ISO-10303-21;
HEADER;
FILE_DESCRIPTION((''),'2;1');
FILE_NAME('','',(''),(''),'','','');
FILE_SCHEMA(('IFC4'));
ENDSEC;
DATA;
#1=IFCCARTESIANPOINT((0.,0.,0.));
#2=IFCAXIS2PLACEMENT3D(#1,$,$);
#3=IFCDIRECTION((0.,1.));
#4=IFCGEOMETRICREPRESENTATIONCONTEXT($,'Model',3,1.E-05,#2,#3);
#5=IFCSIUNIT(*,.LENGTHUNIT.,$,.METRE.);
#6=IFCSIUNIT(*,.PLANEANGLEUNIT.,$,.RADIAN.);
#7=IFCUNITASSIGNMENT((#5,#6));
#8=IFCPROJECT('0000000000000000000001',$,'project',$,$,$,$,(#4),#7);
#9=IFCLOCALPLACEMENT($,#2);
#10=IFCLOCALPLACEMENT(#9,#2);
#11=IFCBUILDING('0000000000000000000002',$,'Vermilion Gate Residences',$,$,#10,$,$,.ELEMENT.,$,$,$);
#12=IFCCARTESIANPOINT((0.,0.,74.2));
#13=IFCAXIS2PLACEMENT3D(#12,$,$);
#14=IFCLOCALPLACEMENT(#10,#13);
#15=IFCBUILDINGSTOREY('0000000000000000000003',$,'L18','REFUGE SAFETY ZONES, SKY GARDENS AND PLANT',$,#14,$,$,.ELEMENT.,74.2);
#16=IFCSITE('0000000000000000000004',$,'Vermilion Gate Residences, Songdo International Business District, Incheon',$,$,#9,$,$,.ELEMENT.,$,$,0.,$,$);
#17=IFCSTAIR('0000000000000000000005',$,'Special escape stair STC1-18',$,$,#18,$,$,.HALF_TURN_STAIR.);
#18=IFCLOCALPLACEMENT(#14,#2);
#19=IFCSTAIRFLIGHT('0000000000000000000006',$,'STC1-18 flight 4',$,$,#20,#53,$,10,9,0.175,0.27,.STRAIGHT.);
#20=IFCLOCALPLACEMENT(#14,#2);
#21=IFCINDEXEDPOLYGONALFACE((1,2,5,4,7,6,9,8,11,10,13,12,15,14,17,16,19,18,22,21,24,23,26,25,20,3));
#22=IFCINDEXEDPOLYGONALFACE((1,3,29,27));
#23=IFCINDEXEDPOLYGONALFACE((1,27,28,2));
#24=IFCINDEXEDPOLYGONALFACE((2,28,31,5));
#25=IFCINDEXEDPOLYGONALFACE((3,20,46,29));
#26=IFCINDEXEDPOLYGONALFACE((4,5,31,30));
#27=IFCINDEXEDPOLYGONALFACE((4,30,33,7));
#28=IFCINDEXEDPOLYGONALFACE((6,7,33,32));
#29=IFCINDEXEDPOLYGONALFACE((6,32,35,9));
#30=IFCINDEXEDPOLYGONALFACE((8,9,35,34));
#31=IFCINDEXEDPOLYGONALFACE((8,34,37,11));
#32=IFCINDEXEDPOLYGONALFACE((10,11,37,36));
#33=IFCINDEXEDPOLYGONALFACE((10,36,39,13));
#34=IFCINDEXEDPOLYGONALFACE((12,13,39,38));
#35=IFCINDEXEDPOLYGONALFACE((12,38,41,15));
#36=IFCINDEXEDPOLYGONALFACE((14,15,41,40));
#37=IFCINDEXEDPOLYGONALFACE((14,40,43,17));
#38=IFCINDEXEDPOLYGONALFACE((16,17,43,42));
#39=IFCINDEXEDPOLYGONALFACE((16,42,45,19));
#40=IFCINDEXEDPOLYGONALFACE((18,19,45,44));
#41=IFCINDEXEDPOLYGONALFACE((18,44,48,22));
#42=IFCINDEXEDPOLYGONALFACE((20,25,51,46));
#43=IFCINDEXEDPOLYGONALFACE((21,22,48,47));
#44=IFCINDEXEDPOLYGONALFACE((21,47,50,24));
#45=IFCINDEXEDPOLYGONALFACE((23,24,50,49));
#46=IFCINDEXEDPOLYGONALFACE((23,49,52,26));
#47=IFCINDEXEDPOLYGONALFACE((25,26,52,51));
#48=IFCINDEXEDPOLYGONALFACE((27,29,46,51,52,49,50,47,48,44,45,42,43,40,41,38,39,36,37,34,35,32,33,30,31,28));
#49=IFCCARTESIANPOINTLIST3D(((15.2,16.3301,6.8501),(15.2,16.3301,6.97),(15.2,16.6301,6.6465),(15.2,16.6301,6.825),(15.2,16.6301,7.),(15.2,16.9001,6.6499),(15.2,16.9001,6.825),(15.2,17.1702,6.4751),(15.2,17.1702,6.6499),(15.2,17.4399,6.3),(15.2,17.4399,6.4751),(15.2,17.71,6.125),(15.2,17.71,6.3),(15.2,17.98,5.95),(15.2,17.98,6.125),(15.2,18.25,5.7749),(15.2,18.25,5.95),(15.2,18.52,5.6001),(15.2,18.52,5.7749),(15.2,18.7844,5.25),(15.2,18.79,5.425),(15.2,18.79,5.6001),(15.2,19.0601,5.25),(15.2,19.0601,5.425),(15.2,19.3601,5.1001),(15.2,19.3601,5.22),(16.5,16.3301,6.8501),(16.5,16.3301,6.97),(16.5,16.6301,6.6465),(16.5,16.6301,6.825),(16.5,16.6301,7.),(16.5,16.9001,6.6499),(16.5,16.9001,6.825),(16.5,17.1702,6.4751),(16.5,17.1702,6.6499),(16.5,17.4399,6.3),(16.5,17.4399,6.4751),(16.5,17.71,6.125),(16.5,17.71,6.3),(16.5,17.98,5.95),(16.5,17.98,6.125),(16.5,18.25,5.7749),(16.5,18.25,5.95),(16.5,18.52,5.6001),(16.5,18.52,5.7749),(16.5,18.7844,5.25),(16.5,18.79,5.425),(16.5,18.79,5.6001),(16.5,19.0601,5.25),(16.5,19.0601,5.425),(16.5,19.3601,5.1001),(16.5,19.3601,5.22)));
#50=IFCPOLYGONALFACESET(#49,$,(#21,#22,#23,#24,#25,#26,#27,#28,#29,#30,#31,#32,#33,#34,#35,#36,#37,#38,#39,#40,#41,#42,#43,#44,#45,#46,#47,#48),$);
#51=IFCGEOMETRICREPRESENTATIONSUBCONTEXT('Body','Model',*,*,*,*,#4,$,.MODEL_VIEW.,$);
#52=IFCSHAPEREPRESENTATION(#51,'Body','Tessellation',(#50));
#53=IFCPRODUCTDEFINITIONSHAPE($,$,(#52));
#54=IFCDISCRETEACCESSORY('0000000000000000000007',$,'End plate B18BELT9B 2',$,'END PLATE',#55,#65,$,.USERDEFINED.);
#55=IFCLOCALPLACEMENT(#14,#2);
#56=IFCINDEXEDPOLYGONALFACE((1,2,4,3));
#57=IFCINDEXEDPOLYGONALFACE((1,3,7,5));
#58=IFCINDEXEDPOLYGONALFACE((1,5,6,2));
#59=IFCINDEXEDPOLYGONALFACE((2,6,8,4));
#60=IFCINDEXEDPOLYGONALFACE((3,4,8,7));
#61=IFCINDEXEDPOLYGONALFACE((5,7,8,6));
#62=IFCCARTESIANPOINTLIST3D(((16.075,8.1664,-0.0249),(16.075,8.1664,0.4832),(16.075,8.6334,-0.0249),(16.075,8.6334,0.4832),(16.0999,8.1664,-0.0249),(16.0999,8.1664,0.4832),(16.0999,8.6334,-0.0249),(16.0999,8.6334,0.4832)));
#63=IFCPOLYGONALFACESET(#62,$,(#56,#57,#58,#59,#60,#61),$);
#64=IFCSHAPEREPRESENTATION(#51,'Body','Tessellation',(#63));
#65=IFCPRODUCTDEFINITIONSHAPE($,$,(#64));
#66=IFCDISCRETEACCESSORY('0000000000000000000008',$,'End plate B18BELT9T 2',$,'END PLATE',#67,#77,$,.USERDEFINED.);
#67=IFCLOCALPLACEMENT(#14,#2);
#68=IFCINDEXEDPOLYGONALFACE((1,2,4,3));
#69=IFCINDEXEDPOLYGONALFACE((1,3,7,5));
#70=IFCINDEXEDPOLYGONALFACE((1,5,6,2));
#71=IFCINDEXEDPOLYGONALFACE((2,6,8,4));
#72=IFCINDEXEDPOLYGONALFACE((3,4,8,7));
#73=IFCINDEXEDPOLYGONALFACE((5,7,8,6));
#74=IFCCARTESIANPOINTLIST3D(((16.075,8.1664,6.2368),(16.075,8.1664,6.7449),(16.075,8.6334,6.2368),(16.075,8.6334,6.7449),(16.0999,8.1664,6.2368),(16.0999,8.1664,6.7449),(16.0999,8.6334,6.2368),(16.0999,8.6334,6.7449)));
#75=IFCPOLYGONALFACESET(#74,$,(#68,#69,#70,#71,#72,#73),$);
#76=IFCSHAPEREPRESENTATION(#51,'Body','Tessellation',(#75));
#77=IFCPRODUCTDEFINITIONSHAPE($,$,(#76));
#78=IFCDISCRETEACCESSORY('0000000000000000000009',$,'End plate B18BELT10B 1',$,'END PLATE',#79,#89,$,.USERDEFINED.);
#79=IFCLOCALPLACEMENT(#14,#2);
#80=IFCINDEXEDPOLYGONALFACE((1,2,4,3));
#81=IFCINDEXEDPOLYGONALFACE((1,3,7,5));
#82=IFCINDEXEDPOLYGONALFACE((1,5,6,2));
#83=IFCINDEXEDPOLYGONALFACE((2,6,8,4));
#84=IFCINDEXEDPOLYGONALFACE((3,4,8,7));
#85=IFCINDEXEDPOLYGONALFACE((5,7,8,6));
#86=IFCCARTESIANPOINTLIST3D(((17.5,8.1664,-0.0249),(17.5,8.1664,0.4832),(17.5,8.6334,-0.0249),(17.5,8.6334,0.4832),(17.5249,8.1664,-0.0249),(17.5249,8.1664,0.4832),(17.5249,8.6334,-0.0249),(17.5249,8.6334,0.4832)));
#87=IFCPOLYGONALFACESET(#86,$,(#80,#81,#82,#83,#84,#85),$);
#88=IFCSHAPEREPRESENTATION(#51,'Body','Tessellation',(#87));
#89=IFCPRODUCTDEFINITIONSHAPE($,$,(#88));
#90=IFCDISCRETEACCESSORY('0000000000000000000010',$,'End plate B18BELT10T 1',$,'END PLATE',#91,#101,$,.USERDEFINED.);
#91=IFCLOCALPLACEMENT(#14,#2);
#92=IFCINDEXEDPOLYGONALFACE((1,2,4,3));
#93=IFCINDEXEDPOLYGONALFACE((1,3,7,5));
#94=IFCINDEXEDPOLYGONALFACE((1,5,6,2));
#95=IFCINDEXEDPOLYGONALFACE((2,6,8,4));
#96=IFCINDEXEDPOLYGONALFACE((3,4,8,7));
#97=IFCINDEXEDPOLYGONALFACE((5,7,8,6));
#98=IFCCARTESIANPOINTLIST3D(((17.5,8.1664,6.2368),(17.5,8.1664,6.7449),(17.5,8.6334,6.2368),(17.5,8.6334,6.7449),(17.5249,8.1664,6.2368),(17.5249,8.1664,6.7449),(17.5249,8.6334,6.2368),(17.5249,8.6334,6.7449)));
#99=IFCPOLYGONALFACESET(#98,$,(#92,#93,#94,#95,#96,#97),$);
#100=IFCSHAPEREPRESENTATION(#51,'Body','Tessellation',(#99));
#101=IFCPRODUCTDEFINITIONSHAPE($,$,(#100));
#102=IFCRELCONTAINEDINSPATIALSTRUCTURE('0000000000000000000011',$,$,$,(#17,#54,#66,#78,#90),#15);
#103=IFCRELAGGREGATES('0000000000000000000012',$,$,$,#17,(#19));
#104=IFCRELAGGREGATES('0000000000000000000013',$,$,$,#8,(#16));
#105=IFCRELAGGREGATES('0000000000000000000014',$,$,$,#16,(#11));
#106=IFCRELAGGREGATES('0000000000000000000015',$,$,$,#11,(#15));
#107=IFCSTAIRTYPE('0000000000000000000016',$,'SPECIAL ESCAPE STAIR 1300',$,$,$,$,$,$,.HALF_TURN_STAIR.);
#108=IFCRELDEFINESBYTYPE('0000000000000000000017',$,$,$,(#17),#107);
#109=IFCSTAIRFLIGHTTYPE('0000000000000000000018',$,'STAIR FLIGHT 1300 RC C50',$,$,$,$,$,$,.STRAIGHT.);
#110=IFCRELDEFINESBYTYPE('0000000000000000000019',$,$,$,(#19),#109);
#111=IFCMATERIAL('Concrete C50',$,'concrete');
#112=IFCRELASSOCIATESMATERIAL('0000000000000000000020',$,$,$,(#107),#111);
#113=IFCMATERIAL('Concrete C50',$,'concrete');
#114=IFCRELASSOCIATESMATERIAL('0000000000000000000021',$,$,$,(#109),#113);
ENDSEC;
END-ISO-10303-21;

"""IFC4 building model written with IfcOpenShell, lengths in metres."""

from ifc_helpers import new_model, si_unit, direction, frame, origin, origin_2d, place, context, subcontext, project, spatial, polyline, rectangle, outline, extrude, material, type_object, element, aggregate, save


model = new_model("IFC4")

# Units and contexts
model_context = context("Model", 3, precision=1e-05, world=origin(), true_north=direction((0.0, 1.0)))
body_context = subcontext(model_context, "Body", "Model", "MODEL_VIEW")
ifc_project = project(units=[si_unit("LENGTHUNIT", "METRE"), si_unit("PLANEANGLEUNIT", "RADIAN")], contexts=[model_context])

# Site, building, storey
site_placement = place(None, origin())
site = spatial("IfcSite", under=ifc_project, at=site_placement, Name="Vermilion Gate Residences, Songdo International Business District, Incheon", CompositionType="ELEMENT", RefElevation=0.0)
building_placement = place(site_placement, origin())
building = spatial("IfcBuilding", under=site, at=building_placement, Name="Vermilion Gate Residences", CompositionType="ELEMENT")
storey_placement = place(building_placement, frame((0.0, 0.0, 74.2)))
storey = spatial("IfcBuildingStorey", under=building, at=storey_placement, Name="L18", Description="REFUGE SAFETY ZONES, SKY GARDENS AND PLANT", CompositionType="ELEMENT", Elevation=74.2)

# Stair, stair flight
ifc_material_1 = material(Name="Concrete C50", Category="concrete")
stair_type = type_object("IfcStairType", Name="SPECIAL ESCAPE STAIR 1300", PredefinedType="HALF_TURN_STAIR", material=ifc_material_1)
stair_placement = place(storey_placement, origin())
stair = element("IfcStair", 1, at=stair_placement, inside=storey, type_object=stair_type, Name="Special escape stair STC1-18", PredefinedType="HALF_TURN_STAIR")
ifc_material_2 = material(Name="Concrete C50", Category="concrete")
stair_flight_type = type_object("IfcStairFlightType", Name="STAIR FLIGHT 1300 RC C50", PredefinedType="STRAIGHT", material=ifc_material_2)
stair_flight_1_placement = place(storey_placement, frame((15.8501, 19.0601, 5.25), z_axis=(0.0, 0.0, 1.0), x_axis=(0.0, -1.0, 0.0)))
stair_flight_1 = element("IfcStairFlight", 2, at=stair_flight_1_placement, type_object=stair_flight_type, Name="STC1-18 flight 4", NumberOfRisers=10, NumberOfTreads=9, PredefinedType="STRAIGHT", RiserHeight=0.175, TreadLength=0.27, context=body_context, shape_type="SweptSolid", body=[
    extrude(outline(polyline([(-0.3, -0.1499), (-0.3, -0.03), (0.0, 0.0), (0.0, 0.175), (0.27, 0.175), (0.27, 0.3501), (0.54, 0.3501), (0.54, 0.5249), (0.8101, 0.5249), (0.8101, 0.7), (1.0801, 0.7), (1.0801, 0.875), (1.3501, 0.875), (1.3501, 1.05), (1.6201, 1.05), (1.6201, 1.2251), (1.8899, 1.2251), (1.8899, 1.3999), (2.1599, 1.3999), (2.1599, 1.575), (2.4299, 1.575), (2.4299, 1.75), (2.73, 1.72), (2.73, 1.6001), (2.4299, 1.3965), (0.2756, 0.0), (-0.3, -0.1499)])), frame((0.0, 0.6499, 0.0), z_axis=(0.0, -1.0, 0.0), x_axis=(1.0, 0.0, 0.0)), (0.0, 0.0, 1.0), 1.3),
])
aggregate(stair, [stair_flight_1])

# Discrete accessories
for number, where, z_axis, x_axis, name in (
    (3, (16.0874, 8.3999, -0.0249), (0.0, 0.0, 1.0), (1.0, 0.0, 0.0), "End plate B18BELT9B 2"),
    (4, (16.0874, 8.3999, 6.2368), (0.0, 0.0, 1.0), (1.0, 0.0, 0.0), "End plate B18BELT9T 2"),
    (5, (17.5125, 8.3999, -0.0249), (0.0, 0.0, 1.0), (1.0, 0.0, 0.0), "End plate B18BELT10B 1"),
    (6, (17.5125, 8.3999, 6.2368), (0.0, 0.0, 1.0), (1.0, 0.0, 0.0), "End plate B18BELT10T 1"),
):
    element("IfcDiscreteAccessory", number, at=place(storey_placement, frame(where, z_axis=z_axis, x_axis=x_axis)), inside=storey, Name=name, ObjectType="END PLATE", PredefinedType="USERDEFINED", context=body_context, shape_type="SweptSolid", body=[
        extrude(rectangle(XDim=0.0249, YDim=0.467, at=origin_2d()), origin(), (0.0, 0.0, 1.0), 0.5081),
    ])

save(model, "model.ifc")
